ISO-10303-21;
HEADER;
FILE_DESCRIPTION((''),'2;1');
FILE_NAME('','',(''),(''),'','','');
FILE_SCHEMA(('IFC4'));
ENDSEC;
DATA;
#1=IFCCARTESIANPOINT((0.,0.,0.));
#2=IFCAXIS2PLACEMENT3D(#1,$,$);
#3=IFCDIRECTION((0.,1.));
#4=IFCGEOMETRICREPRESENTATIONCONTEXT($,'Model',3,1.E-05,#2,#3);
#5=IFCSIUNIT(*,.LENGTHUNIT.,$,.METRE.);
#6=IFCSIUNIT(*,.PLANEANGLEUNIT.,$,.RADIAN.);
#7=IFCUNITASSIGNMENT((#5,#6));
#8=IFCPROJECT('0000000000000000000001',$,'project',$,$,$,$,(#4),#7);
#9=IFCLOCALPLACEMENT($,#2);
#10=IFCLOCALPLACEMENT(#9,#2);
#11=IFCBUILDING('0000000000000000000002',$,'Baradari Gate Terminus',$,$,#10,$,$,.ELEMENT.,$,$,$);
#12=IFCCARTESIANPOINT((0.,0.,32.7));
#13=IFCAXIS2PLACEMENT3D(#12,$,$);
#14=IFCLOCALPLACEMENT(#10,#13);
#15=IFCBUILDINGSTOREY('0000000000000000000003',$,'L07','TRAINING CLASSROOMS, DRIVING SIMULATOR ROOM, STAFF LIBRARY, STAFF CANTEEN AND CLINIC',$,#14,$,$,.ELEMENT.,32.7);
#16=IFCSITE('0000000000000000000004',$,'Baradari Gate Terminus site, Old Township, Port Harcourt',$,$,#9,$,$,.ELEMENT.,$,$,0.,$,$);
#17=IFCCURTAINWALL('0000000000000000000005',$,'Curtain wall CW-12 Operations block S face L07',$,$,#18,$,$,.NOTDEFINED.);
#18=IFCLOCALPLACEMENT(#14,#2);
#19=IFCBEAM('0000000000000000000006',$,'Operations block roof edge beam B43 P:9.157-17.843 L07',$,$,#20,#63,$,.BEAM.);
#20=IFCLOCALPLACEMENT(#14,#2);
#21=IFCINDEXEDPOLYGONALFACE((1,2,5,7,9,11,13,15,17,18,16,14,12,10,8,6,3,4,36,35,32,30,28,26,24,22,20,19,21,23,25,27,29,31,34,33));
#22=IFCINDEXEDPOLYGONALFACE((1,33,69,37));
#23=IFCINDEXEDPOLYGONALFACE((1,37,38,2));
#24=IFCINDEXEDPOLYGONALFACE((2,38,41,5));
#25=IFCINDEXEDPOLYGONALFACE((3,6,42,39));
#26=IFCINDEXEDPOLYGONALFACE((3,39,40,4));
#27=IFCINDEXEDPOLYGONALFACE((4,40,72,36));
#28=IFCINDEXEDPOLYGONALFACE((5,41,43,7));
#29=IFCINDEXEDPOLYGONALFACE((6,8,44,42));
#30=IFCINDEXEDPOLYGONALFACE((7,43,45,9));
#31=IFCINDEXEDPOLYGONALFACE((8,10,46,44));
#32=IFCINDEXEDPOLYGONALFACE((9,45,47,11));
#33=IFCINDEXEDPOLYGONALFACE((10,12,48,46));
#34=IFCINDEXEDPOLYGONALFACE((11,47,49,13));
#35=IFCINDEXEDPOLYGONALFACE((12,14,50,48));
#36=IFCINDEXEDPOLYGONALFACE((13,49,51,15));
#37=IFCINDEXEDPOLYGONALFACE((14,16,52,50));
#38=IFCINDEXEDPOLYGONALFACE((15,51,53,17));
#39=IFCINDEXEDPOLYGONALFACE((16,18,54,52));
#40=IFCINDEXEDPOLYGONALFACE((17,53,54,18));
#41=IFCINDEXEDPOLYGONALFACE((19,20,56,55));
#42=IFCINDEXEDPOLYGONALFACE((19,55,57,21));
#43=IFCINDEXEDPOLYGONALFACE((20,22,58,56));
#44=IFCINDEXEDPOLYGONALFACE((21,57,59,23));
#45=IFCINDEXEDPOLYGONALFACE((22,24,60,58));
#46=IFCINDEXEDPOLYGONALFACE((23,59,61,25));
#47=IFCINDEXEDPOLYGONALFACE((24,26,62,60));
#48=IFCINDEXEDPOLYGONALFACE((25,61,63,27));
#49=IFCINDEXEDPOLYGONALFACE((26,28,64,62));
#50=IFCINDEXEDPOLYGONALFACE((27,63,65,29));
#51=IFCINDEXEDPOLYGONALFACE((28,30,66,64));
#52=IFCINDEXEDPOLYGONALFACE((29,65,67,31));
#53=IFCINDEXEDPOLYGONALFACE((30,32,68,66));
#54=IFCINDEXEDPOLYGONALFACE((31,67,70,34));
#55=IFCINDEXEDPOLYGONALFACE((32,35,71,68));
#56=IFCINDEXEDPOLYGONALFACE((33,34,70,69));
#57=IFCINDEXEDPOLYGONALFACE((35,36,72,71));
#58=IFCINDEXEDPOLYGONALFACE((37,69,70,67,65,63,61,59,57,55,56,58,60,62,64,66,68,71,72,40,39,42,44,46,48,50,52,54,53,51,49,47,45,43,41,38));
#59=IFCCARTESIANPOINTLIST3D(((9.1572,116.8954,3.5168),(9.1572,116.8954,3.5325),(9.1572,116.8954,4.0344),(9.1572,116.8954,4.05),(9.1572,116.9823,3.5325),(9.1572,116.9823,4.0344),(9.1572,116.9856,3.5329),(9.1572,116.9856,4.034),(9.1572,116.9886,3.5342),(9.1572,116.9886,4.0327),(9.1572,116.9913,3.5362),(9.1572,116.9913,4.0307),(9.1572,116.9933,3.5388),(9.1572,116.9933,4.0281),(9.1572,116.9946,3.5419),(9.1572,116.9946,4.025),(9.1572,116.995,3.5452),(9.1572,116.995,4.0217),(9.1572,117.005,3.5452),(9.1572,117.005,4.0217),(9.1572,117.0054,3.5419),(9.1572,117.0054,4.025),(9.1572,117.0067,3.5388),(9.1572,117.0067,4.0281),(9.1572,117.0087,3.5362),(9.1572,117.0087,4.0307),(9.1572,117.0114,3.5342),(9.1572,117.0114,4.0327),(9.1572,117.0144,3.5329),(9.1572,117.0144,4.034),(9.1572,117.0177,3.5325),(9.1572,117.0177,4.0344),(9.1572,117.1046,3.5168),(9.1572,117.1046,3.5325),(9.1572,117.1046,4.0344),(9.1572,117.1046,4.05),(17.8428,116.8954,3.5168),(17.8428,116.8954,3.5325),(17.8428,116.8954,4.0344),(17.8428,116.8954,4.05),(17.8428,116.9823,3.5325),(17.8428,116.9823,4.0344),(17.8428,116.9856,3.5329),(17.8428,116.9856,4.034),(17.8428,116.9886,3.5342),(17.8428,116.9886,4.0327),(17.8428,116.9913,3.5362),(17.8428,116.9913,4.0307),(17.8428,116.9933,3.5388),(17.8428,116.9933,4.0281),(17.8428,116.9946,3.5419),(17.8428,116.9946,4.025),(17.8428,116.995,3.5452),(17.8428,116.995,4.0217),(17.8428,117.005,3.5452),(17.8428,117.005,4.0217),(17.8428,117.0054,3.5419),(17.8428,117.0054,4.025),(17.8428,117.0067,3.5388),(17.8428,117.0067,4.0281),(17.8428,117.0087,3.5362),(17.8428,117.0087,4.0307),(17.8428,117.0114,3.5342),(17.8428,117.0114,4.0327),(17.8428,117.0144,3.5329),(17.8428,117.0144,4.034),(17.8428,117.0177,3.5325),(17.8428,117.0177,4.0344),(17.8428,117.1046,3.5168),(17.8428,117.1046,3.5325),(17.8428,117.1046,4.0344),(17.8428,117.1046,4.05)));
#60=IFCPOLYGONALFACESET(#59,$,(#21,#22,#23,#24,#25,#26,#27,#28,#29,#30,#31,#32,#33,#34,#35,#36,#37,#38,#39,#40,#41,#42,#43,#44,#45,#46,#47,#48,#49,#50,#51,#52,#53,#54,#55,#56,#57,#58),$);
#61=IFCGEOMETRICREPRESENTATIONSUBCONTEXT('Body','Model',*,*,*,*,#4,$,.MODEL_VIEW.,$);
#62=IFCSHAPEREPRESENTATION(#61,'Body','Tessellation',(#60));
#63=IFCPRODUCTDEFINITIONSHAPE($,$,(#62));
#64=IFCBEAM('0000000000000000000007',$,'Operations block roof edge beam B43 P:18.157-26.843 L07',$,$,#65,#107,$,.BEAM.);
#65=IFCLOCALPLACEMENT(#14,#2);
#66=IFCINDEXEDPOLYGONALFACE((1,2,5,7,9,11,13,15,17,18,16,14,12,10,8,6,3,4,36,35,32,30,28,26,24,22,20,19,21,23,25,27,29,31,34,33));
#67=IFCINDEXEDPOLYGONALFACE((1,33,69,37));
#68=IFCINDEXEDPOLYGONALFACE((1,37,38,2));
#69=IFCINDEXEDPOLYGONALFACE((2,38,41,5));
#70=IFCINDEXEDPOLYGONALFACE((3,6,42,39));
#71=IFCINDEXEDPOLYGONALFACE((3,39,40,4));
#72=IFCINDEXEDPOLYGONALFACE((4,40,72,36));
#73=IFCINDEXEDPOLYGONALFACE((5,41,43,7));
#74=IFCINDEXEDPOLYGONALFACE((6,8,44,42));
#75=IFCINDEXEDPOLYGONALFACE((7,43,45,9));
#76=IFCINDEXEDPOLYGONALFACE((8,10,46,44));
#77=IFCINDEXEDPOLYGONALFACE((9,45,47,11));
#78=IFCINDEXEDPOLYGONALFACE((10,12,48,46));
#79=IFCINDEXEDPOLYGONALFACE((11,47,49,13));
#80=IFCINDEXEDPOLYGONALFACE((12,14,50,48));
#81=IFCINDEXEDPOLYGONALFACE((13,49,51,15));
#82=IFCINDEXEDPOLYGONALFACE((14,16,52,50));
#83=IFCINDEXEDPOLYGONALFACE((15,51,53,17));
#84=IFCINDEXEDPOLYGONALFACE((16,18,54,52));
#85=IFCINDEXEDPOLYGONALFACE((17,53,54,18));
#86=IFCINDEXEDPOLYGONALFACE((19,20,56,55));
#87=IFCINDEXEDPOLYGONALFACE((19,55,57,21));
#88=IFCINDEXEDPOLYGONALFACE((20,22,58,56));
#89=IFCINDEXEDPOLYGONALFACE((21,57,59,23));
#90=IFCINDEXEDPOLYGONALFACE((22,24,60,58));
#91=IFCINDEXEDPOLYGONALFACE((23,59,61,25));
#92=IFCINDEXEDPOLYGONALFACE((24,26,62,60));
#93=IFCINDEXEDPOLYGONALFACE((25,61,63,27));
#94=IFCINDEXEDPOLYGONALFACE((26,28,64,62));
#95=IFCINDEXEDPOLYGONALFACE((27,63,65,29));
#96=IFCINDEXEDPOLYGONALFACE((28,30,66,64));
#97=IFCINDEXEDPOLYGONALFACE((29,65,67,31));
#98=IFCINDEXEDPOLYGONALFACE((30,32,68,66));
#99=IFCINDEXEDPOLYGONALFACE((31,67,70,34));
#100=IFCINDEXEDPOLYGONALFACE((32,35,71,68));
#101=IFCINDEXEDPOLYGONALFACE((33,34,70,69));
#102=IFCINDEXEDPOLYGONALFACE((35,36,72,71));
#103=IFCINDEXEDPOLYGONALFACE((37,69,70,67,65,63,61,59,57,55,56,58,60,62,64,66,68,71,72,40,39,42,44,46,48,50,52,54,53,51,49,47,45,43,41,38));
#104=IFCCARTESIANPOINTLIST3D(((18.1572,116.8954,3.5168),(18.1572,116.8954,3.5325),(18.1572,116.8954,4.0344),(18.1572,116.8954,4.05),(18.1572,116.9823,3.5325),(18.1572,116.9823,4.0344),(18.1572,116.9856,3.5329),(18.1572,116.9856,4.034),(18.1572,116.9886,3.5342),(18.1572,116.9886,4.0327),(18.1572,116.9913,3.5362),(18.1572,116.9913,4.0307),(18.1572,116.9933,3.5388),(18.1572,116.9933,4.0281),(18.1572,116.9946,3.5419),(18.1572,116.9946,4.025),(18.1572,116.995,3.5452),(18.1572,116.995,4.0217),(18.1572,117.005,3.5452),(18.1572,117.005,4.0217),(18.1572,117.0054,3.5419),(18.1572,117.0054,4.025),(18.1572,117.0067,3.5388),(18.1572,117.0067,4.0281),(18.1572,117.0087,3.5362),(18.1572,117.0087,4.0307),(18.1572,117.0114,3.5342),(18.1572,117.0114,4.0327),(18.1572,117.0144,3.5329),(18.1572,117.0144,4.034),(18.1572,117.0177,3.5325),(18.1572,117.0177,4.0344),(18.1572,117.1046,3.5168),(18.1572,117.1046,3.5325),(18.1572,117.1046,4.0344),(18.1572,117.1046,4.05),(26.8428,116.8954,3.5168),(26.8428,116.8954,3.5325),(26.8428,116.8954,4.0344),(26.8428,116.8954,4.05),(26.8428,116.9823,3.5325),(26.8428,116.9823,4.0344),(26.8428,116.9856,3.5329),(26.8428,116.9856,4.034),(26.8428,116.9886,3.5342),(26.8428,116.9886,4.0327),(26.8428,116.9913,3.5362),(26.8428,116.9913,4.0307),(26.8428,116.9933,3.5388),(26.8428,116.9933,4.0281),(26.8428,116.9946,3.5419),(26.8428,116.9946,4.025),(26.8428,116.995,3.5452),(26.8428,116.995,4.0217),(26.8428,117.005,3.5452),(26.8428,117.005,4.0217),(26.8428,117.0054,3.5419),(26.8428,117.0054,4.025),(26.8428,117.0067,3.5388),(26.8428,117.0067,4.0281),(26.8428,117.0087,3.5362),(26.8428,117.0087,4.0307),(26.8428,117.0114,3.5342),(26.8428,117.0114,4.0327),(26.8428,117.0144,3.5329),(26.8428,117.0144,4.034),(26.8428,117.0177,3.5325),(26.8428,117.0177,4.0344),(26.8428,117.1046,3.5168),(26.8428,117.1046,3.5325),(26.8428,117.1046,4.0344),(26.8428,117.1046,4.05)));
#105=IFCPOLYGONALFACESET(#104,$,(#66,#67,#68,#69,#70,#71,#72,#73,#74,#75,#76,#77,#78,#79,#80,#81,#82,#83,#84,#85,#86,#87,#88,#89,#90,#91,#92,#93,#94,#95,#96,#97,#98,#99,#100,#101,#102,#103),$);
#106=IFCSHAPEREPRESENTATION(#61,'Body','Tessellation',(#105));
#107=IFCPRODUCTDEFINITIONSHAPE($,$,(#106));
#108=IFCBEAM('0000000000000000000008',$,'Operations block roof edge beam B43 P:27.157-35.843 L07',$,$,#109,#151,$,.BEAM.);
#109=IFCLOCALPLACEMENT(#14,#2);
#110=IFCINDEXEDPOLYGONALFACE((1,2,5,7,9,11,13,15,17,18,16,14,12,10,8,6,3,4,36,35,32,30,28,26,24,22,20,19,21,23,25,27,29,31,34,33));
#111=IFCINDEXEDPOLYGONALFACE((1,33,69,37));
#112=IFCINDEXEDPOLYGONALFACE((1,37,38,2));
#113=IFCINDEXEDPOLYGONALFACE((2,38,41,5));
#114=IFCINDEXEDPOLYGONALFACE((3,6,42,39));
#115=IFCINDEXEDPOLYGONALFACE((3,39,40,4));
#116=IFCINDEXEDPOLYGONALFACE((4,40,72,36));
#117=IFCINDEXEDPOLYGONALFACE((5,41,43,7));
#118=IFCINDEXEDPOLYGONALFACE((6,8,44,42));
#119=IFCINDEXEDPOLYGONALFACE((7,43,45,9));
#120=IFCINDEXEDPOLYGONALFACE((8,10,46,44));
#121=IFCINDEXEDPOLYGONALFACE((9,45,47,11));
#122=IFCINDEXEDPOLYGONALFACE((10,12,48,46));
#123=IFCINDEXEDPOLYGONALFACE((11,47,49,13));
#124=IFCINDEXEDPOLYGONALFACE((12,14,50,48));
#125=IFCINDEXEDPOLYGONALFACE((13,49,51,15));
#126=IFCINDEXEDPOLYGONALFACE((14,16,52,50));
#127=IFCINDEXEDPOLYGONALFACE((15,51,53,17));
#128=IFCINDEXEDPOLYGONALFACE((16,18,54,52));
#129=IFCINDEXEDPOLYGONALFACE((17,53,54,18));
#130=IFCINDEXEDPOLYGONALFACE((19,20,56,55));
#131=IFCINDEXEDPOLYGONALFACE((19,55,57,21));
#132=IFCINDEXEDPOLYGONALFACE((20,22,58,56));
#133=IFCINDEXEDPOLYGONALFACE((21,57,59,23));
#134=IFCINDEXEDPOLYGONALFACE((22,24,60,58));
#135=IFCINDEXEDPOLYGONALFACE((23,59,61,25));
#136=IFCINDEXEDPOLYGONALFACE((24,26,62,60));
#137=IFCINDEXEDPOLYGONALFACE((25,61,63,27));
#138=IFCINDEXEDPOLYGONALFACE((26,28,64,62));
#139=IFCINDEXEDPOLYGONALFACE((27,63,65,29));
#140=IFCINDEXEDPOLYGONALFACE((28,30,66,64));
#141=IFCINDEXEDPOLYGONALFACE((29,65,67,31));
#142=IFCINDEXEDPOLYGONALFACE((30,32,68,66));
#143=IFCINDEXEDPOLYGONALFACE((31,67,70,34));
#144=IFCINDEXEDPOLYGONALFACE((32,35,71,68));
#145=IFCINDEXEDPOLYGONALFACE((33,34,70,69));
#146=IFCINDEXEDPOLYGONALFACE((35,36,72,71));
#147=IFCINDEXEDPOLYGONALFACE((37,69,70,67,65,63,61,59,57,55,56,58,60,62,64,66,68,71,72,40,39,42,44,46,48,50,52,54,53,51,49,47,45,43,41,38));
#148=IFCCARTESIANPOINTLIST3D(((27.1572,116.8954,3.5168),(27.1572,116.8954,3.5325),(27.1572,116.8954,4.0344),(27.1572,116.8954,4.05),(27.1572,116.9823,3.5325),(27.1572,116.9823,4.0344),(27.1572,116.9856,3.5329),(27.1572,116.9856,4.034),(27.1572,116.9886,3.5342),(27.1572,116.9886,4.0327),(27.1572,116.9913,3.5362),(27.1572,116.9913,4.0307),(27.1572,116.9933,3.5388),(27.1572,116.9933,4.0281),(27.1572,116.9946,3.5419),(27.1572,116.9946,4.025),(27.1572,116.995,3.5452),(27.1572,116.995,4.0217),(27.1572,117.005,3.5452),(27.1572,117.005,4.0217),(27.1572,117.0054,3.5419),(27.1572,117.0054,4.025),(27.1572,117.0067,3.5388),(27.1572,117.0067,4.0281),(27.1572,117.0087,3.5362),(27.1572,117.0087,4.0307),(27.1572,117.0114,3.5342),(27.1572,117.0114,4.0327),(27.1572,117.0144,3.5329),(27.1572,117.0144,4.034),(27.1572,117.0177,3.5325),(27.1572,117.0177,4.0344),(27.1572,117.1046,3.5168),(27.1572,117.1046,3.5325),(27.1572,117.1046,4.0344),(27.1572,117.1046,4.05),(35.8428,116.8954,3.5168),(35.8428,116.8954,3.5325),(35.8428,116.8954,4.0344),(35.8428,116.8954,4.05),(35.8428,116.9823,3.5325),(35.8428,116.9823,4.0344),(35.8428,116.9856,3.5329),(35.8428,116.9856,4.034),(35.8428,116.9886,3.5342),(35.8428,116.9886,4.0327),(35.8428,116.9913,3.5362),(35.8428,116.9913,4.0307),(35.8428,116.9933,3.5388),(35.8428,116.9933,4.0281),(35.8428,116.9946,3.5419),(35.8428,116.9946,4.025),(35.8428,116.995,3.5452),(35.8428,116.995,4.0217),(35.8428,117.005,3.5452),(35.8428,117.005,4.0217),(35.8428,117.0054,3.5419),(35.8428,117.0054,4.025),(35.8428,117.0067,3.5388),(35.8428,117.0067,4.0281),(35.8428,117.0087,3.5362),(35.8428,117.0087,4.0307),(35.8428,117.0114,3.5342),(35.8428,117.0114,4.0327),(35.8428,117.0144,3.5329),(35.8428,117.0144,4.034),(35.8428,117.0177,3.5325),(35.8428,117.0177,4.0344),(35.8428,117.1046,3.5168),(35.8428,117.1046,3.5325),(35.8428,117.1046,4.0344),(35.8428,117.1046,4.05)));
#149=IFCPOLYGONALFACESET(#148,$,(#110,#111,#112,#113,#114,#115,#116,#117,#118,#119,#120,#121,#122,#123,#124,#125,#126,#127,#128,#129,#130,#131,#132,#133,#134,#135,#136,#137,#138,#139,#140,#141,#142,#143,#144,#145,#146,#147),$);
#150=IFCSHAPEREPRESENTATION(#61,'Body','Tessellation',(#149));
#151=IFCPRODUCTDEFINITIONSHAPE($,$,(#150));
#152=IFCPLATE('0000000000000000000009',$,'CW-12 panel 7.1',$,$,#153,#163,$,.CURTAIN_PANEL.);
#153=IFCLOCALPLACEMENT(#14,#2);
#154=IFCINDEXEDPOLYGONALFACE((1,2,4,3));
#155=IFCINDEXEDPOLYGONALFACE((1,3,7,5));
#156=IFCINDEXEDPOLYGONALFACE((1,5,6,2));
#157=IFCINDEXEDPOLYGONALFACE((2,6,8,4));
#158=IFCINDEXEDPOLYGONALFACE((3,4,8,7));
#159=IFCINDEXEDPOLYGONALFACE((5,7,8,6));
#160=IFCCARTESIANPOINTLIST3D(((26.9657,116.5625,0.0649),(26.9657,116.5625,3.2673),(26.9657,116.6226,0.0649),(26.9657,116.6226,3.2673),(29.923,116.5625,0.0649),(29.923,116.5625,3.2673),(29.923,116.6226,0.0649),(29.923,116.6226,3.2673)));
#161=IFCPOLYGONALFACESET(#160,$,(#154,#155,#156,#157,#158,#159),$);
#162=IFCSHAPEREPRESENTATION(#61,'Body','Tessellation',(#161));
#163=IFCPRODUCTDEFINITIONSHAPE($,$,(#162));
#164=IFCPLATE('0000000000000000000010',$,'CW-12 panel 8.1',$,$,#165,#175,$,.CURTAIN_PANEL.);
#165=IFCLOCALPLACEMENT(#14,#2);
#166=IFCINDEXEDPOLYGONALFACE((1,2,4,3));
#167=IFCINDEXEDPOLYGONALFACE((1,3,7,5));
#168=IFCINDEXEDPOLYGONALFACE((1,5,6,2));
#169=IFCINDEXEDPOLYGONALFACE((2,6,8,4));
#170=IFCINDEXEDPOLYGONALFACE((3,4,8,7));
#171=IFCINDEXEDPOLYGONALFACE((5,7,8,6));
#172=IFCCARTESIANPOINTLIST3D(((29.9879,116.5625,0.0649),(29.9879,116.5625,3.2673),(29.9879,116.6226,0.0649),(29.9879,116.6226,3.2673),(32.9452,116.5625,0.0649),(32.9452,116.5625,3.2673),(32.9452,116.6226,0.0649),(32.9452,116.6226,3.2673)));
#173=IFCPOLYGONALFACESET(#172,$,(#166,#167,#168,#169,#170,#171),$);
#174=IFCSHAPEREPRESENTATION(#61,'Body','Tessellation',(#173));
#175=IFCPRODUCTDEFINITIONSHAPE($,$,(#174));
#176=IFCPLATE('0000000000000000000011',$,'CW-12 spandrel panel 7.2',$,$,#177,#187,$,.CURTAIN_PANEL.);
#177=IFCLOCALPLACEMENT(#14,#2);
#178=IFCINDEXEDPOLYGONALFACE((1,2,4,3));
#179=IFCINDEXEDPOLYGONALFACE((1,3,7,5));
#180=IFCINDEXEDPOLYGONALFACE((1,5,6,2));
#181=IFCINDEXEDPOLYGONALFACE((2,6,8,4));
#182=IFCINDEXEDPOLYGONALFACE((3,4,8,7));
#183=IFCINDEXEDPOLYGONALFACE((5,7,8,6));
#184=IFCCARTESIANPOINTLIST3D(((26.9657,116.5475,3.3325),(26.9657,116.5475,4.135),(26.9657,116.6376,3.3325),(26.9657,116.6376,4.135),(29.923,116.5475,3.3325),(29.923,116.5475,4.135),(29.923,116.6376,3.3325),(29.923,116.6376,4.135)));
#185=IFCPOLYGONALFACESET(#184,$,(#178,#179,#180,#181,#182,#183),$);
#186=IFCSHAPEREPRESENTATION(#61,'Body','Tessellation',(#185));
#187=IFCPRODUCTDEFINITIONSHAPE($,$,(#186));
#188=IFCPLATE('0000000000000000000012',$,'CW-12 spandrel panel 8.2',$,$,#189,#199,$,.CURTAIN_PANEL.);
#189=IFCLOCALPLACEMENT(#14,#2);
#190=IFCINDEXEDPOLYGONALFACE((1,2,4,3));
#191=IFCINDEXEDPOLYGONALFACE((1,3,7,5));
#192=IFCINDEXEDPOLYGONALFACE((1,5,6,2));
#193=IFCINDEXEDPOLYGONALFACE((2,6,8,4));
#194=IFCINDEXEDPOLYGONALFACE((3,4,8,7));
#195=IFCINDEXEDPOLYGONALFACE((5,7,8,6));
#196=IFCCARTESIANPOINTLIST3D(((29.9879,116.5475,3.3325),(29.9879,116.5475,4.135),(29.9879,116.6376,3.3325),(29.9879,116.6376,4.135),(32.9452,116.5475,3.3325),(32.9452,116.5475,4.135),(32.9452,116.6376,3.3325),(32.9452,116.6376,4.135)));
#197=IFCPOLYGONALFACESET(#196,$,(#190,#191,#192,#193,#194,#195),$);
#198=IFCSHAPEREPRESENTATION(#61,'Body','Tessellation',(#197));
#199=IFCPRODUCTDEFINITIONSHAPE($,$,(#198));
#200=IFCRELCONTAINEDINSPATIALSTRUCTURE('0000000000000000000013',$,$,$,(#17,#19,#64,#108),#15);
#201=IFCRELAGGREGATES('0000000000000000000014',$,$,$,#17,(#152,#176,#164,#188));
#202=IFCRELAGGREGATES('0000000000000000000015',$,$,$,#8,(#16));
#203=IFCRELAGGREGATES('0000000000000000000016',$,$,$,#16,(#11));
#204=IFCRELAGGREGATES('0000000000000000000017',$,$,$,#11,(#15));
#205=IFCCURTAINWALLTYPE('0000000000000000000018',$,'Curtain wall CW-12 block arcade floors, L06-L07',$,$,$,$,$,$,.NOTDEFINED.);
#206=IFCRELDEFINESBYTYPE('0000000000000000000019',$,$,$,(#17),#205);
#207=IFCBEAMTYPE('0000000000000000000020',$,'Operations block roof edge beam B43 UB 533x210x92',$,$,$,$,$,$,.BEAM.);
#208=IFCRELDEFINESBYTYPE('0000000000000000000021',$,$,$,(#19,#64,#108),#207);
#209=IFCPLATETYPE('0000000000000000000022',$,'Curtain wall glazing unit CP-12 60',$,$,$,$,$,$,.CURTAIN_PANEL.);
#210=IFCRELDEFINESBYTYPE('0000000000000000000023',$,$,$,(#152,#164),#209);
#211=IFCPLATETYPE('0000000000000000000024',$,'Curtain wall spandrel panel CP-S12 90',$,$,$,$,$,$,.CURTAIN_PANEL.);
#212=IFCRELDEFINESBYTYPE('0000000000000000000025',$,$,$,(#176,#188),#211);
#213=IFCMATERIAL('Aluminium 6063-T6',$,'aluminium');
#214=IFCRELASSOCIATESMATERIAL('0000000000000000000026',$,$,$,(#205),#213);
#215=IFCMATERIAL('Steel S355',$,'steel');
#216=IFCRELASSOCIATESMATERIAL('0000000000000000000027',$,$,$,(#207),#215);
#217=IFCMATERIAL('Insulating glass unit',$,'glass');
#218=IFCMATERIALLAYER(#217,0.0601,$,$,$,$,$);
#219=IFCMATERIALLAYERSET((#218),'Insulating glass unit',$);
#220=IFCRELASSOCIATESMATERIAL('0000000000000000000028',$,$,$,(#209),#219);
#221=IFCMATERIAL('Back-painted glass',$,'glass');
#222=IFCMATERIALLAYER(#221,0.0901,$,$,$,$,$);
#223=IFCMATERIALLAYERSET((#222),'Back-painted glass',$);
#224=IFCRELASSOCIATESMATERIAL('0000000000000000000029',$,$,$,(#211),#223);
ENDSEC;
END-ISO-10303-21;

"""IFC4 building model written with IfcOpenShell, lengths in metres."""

from ifc_helpers import new_model, si_unit, direction, frame, origin, origin_2d, place, context, subcontext, project, spatial, rectangle, i_section, extrude, material, layer, layer_set, material_profile, profile_set, type_object, element, aggregate, save


model = new_model("IFC4")

# Units and contexts
model_context = context("Model", 3, precision=1e-05, world=origin(), true_north=direction((0.0, 1.0)))
body_context = subcontext(model_context, "Body", "Model", "MODEL_VIEW")
ifc_project = project(units=[si_unit("LENGTHUNIT", "METRE"), si_unit("PLANEANGLEUNIT", "RADIAN")], contexts=[model_context])

# Site, building, storey
site_placement = place(None, origin())
site = spatial("IfcSite", under=ifc_project, at=site_placement, Name="Baradari Gate Terminus site, Old Township, Port Harcourt", CompositionType="ELEMENT", RefElevation=0.0)
building_placement = place(site_placement, origin())
building = spatial("IfcBuilding", under=site, at=building_placement, Name="Baradari Gate Terminus", CompositionType="ELEMENT")
storey_placement = place(building_placement, frame((0.0, 0.0, 32.7)))
storey = spatial("IfcBuildingStorey", under=building, at=storey_placement, Name="L07", Description="TRAINING CLASSROOMS, DRIVING SIMULATOR ROOM, STAFF LIBRARY, STAFF CANTEEN AND CLINIC", CompositionType="ELEMENT", Elevation=32.7)

# Shared definitions
ifc_material_1 = material(Name="Aluminium 6063-T6", Category="aluminium")
curtain_wall_type = type_object("IfcCurtainWallType", Name="Curtain wall CW-12 block arcade floors, L06-L07", PredefinedType="NOTDEFINED", material=ifc_material_1)

# Curtain wall
curtain_wall_1_placement = place(storey_placement, origin())
curtain_wall_1 = element("IfcCurtainWall", 1, at=curtain_wall_1_placement, inside=storey, type_object=curtain_wall_type, Name="Curtain wall CW-12 Operations block S face L07", PredefinedType="NOTDEFINED")

# Beams
ifc_material_2 = material(Name="Steel S355", Category="steel")
ifc_material_profile_1 = material_profile(ifc_material_2, i_section(OverallWidth=0.2092, OverallDepth=0.5332, WebThickness=0.01, FlangeThickness=0.0156, FilletRadius=0.0127, at=origin_2d()), Name="UB 533x210x92")
ifc_profile_set_1 = profile_set([ifc_material_profile_1], Name="Steel S355")
beam_type_1 = type_object("IfcBeamType", Name="Operations block roof edge beam B43 UB 533x210x92", PredefinedType="BEAM", material=ifc_profile_set_1)
for number, where, z_axis, x_axis, name in (
    (2, (9.1572, 117.0, 3.7834), (1.0, 0.0, 0.0), (0.0, 1.0, 0.0), "Operations block roof edge beam B43 P:9.157-17.843 L07"),
    (3, (18.1572, 117.0, 3.7834), (1.0, 0.0, 0.0), (0.0, 1.0, 0.0), "Operations block roof edge beam B43 P:18.157-26.843 L07"),
    (4, (27.1572, 117.0, 3.7834), (1.0, 0.0, 0.0), (0.0, 1.0, 0.0), "Operations block roof edge beam B43 P:27.157-35.843 L07"),
):
    element("IfcBeam", number, at=place(storey_placement, frame(where, z_axis=z_axis, x_axis=x_axis)), inside=storey, type_object=beam_type_1, Name=name, PredefinedType="BEAM", context=body_context, shape_type="SweptSolid", body=[
        extrude(i_section(OverallWidth=0.2092, OverallDepth=0.5332, WebThickness=0.01, FlangeThickness=0.0156, FilletRadius=0.0127, at=origin_2d()), origin(), (0.0, 0.0, 1.0), 8.6855),
    ])

# Plates
ifc_material_3 = material(Name="Insulating glass unit", Category="glass")
ifc_layer_1 = layer(ifc_material_3, 0.0601)
ifc_layer_set_1 = layer_set([ifc_layer_1], Name="Insulating glass unit")
plate_type_1 = type_object("IfcPlateType", Name="Curtain wall glazing unit CP-12 60", PredefinedType="CURTAIN_PANEL", material=ifc_layer_set_1)
plate_1_placement = place(storey_placement, frame((28.4443, 116.5925, 0.0649), z_axis=(0.0, 0.0, 1.0), x_axis=(1.0, 0.0, 0.0)))
plate_1 = element("IfcPlate", 5, at=plate_1_placement, type_object=plate_type_1, Name="CW-12 panel 7.1", PredefinedType="CURTAIN_PANEL", context=body_context, shape_type="SweptSolid", body=[
    extrude(rectangle(XDim=2.9573, YDim=0.0601, at=origin_2d()), origin(), (0.0, 0.0, 1.0), 3.2024),
])
plate_2_placement = place(storey_placement, frame((31.4666, 116.5925, 0.0649), z_axis=(0.0, 0.0, 1.0), x_axis=(1.0, 0.0, 0.0)))
plate_2 = element("IfcPlate", 6, at=plate_2_placement, type_object=plate_type_1, Name="CW-12 panel 8.1", PredefinedType="CURTAIN_PANEL", context=body_context, shape_type="SweptSolid", body=[
    extrude(rectangle(XDim=2.9573, YDim=0.0601, at=origin_2d()), origin(), (0.0, 0.0, 1.0), 3.2024),
])
ifc_material_4 = material(Name="Back-painted glass", Category="glass")
ifc_layer_2 = layer(ifc_material_4, 0.0901)
ifc_layer_set_2 = layer_set([ifc_layer_2], Name="Back-painted glass")
plate_type_2 = type_object("IfcPlateType", Name="Curtain wall spandrel panel CP-S12 90", PredefinedType="CURTAIN_PANEL", material=ifc_layer_set_2)
plate_3_placement = place(storey_placement, frame((28.4443, 116.5925, 3.3325), z_axis=(0.0, 0.0, 1.0), x_axis=(1.0, 0.0, 0.0)))
plate_3 = element("IfcPlate", 7, at=plate_3_placement, type_object=plate_type_2, Name="CW-12 spandrel panel 7.2", PredefinedType="CURTAIN_PANEL", context=body_context, shape_type="SweptSolid", body=[
    extrude(rectangle(XDim=2.9573, YDim=0.0901, at=origin_2d()), origin(), (0.0, 0.0, 1.0), 0.8025),
])
plate_4_placement = place(storey_placement, frame((31.4666, 116.5925, 3.3325), z_axis=(0.0, 0.0, 1.0), x_axis=(1.0, 0.0, 0.0)))
plate_4 = element("IfcPlate", 8, at=plate_4_placement, type_object=plate_type_2, Name="CW-12 spandrel panel 8.2", PredefinedType="CURTAIN_PANEL", context=body_context, shape_type="SweptSolid", body=[
    extrude(rectangle(XDim=2.9573, YDim=0.0901, at=origin_2d()), origin(), (0.0, 0.0, 1.0), 0.8025),
])
aggregate(curtain_wall_1, [plate_1, plate_3, plate_2, plate_4])

save(model, "model.ifc")
